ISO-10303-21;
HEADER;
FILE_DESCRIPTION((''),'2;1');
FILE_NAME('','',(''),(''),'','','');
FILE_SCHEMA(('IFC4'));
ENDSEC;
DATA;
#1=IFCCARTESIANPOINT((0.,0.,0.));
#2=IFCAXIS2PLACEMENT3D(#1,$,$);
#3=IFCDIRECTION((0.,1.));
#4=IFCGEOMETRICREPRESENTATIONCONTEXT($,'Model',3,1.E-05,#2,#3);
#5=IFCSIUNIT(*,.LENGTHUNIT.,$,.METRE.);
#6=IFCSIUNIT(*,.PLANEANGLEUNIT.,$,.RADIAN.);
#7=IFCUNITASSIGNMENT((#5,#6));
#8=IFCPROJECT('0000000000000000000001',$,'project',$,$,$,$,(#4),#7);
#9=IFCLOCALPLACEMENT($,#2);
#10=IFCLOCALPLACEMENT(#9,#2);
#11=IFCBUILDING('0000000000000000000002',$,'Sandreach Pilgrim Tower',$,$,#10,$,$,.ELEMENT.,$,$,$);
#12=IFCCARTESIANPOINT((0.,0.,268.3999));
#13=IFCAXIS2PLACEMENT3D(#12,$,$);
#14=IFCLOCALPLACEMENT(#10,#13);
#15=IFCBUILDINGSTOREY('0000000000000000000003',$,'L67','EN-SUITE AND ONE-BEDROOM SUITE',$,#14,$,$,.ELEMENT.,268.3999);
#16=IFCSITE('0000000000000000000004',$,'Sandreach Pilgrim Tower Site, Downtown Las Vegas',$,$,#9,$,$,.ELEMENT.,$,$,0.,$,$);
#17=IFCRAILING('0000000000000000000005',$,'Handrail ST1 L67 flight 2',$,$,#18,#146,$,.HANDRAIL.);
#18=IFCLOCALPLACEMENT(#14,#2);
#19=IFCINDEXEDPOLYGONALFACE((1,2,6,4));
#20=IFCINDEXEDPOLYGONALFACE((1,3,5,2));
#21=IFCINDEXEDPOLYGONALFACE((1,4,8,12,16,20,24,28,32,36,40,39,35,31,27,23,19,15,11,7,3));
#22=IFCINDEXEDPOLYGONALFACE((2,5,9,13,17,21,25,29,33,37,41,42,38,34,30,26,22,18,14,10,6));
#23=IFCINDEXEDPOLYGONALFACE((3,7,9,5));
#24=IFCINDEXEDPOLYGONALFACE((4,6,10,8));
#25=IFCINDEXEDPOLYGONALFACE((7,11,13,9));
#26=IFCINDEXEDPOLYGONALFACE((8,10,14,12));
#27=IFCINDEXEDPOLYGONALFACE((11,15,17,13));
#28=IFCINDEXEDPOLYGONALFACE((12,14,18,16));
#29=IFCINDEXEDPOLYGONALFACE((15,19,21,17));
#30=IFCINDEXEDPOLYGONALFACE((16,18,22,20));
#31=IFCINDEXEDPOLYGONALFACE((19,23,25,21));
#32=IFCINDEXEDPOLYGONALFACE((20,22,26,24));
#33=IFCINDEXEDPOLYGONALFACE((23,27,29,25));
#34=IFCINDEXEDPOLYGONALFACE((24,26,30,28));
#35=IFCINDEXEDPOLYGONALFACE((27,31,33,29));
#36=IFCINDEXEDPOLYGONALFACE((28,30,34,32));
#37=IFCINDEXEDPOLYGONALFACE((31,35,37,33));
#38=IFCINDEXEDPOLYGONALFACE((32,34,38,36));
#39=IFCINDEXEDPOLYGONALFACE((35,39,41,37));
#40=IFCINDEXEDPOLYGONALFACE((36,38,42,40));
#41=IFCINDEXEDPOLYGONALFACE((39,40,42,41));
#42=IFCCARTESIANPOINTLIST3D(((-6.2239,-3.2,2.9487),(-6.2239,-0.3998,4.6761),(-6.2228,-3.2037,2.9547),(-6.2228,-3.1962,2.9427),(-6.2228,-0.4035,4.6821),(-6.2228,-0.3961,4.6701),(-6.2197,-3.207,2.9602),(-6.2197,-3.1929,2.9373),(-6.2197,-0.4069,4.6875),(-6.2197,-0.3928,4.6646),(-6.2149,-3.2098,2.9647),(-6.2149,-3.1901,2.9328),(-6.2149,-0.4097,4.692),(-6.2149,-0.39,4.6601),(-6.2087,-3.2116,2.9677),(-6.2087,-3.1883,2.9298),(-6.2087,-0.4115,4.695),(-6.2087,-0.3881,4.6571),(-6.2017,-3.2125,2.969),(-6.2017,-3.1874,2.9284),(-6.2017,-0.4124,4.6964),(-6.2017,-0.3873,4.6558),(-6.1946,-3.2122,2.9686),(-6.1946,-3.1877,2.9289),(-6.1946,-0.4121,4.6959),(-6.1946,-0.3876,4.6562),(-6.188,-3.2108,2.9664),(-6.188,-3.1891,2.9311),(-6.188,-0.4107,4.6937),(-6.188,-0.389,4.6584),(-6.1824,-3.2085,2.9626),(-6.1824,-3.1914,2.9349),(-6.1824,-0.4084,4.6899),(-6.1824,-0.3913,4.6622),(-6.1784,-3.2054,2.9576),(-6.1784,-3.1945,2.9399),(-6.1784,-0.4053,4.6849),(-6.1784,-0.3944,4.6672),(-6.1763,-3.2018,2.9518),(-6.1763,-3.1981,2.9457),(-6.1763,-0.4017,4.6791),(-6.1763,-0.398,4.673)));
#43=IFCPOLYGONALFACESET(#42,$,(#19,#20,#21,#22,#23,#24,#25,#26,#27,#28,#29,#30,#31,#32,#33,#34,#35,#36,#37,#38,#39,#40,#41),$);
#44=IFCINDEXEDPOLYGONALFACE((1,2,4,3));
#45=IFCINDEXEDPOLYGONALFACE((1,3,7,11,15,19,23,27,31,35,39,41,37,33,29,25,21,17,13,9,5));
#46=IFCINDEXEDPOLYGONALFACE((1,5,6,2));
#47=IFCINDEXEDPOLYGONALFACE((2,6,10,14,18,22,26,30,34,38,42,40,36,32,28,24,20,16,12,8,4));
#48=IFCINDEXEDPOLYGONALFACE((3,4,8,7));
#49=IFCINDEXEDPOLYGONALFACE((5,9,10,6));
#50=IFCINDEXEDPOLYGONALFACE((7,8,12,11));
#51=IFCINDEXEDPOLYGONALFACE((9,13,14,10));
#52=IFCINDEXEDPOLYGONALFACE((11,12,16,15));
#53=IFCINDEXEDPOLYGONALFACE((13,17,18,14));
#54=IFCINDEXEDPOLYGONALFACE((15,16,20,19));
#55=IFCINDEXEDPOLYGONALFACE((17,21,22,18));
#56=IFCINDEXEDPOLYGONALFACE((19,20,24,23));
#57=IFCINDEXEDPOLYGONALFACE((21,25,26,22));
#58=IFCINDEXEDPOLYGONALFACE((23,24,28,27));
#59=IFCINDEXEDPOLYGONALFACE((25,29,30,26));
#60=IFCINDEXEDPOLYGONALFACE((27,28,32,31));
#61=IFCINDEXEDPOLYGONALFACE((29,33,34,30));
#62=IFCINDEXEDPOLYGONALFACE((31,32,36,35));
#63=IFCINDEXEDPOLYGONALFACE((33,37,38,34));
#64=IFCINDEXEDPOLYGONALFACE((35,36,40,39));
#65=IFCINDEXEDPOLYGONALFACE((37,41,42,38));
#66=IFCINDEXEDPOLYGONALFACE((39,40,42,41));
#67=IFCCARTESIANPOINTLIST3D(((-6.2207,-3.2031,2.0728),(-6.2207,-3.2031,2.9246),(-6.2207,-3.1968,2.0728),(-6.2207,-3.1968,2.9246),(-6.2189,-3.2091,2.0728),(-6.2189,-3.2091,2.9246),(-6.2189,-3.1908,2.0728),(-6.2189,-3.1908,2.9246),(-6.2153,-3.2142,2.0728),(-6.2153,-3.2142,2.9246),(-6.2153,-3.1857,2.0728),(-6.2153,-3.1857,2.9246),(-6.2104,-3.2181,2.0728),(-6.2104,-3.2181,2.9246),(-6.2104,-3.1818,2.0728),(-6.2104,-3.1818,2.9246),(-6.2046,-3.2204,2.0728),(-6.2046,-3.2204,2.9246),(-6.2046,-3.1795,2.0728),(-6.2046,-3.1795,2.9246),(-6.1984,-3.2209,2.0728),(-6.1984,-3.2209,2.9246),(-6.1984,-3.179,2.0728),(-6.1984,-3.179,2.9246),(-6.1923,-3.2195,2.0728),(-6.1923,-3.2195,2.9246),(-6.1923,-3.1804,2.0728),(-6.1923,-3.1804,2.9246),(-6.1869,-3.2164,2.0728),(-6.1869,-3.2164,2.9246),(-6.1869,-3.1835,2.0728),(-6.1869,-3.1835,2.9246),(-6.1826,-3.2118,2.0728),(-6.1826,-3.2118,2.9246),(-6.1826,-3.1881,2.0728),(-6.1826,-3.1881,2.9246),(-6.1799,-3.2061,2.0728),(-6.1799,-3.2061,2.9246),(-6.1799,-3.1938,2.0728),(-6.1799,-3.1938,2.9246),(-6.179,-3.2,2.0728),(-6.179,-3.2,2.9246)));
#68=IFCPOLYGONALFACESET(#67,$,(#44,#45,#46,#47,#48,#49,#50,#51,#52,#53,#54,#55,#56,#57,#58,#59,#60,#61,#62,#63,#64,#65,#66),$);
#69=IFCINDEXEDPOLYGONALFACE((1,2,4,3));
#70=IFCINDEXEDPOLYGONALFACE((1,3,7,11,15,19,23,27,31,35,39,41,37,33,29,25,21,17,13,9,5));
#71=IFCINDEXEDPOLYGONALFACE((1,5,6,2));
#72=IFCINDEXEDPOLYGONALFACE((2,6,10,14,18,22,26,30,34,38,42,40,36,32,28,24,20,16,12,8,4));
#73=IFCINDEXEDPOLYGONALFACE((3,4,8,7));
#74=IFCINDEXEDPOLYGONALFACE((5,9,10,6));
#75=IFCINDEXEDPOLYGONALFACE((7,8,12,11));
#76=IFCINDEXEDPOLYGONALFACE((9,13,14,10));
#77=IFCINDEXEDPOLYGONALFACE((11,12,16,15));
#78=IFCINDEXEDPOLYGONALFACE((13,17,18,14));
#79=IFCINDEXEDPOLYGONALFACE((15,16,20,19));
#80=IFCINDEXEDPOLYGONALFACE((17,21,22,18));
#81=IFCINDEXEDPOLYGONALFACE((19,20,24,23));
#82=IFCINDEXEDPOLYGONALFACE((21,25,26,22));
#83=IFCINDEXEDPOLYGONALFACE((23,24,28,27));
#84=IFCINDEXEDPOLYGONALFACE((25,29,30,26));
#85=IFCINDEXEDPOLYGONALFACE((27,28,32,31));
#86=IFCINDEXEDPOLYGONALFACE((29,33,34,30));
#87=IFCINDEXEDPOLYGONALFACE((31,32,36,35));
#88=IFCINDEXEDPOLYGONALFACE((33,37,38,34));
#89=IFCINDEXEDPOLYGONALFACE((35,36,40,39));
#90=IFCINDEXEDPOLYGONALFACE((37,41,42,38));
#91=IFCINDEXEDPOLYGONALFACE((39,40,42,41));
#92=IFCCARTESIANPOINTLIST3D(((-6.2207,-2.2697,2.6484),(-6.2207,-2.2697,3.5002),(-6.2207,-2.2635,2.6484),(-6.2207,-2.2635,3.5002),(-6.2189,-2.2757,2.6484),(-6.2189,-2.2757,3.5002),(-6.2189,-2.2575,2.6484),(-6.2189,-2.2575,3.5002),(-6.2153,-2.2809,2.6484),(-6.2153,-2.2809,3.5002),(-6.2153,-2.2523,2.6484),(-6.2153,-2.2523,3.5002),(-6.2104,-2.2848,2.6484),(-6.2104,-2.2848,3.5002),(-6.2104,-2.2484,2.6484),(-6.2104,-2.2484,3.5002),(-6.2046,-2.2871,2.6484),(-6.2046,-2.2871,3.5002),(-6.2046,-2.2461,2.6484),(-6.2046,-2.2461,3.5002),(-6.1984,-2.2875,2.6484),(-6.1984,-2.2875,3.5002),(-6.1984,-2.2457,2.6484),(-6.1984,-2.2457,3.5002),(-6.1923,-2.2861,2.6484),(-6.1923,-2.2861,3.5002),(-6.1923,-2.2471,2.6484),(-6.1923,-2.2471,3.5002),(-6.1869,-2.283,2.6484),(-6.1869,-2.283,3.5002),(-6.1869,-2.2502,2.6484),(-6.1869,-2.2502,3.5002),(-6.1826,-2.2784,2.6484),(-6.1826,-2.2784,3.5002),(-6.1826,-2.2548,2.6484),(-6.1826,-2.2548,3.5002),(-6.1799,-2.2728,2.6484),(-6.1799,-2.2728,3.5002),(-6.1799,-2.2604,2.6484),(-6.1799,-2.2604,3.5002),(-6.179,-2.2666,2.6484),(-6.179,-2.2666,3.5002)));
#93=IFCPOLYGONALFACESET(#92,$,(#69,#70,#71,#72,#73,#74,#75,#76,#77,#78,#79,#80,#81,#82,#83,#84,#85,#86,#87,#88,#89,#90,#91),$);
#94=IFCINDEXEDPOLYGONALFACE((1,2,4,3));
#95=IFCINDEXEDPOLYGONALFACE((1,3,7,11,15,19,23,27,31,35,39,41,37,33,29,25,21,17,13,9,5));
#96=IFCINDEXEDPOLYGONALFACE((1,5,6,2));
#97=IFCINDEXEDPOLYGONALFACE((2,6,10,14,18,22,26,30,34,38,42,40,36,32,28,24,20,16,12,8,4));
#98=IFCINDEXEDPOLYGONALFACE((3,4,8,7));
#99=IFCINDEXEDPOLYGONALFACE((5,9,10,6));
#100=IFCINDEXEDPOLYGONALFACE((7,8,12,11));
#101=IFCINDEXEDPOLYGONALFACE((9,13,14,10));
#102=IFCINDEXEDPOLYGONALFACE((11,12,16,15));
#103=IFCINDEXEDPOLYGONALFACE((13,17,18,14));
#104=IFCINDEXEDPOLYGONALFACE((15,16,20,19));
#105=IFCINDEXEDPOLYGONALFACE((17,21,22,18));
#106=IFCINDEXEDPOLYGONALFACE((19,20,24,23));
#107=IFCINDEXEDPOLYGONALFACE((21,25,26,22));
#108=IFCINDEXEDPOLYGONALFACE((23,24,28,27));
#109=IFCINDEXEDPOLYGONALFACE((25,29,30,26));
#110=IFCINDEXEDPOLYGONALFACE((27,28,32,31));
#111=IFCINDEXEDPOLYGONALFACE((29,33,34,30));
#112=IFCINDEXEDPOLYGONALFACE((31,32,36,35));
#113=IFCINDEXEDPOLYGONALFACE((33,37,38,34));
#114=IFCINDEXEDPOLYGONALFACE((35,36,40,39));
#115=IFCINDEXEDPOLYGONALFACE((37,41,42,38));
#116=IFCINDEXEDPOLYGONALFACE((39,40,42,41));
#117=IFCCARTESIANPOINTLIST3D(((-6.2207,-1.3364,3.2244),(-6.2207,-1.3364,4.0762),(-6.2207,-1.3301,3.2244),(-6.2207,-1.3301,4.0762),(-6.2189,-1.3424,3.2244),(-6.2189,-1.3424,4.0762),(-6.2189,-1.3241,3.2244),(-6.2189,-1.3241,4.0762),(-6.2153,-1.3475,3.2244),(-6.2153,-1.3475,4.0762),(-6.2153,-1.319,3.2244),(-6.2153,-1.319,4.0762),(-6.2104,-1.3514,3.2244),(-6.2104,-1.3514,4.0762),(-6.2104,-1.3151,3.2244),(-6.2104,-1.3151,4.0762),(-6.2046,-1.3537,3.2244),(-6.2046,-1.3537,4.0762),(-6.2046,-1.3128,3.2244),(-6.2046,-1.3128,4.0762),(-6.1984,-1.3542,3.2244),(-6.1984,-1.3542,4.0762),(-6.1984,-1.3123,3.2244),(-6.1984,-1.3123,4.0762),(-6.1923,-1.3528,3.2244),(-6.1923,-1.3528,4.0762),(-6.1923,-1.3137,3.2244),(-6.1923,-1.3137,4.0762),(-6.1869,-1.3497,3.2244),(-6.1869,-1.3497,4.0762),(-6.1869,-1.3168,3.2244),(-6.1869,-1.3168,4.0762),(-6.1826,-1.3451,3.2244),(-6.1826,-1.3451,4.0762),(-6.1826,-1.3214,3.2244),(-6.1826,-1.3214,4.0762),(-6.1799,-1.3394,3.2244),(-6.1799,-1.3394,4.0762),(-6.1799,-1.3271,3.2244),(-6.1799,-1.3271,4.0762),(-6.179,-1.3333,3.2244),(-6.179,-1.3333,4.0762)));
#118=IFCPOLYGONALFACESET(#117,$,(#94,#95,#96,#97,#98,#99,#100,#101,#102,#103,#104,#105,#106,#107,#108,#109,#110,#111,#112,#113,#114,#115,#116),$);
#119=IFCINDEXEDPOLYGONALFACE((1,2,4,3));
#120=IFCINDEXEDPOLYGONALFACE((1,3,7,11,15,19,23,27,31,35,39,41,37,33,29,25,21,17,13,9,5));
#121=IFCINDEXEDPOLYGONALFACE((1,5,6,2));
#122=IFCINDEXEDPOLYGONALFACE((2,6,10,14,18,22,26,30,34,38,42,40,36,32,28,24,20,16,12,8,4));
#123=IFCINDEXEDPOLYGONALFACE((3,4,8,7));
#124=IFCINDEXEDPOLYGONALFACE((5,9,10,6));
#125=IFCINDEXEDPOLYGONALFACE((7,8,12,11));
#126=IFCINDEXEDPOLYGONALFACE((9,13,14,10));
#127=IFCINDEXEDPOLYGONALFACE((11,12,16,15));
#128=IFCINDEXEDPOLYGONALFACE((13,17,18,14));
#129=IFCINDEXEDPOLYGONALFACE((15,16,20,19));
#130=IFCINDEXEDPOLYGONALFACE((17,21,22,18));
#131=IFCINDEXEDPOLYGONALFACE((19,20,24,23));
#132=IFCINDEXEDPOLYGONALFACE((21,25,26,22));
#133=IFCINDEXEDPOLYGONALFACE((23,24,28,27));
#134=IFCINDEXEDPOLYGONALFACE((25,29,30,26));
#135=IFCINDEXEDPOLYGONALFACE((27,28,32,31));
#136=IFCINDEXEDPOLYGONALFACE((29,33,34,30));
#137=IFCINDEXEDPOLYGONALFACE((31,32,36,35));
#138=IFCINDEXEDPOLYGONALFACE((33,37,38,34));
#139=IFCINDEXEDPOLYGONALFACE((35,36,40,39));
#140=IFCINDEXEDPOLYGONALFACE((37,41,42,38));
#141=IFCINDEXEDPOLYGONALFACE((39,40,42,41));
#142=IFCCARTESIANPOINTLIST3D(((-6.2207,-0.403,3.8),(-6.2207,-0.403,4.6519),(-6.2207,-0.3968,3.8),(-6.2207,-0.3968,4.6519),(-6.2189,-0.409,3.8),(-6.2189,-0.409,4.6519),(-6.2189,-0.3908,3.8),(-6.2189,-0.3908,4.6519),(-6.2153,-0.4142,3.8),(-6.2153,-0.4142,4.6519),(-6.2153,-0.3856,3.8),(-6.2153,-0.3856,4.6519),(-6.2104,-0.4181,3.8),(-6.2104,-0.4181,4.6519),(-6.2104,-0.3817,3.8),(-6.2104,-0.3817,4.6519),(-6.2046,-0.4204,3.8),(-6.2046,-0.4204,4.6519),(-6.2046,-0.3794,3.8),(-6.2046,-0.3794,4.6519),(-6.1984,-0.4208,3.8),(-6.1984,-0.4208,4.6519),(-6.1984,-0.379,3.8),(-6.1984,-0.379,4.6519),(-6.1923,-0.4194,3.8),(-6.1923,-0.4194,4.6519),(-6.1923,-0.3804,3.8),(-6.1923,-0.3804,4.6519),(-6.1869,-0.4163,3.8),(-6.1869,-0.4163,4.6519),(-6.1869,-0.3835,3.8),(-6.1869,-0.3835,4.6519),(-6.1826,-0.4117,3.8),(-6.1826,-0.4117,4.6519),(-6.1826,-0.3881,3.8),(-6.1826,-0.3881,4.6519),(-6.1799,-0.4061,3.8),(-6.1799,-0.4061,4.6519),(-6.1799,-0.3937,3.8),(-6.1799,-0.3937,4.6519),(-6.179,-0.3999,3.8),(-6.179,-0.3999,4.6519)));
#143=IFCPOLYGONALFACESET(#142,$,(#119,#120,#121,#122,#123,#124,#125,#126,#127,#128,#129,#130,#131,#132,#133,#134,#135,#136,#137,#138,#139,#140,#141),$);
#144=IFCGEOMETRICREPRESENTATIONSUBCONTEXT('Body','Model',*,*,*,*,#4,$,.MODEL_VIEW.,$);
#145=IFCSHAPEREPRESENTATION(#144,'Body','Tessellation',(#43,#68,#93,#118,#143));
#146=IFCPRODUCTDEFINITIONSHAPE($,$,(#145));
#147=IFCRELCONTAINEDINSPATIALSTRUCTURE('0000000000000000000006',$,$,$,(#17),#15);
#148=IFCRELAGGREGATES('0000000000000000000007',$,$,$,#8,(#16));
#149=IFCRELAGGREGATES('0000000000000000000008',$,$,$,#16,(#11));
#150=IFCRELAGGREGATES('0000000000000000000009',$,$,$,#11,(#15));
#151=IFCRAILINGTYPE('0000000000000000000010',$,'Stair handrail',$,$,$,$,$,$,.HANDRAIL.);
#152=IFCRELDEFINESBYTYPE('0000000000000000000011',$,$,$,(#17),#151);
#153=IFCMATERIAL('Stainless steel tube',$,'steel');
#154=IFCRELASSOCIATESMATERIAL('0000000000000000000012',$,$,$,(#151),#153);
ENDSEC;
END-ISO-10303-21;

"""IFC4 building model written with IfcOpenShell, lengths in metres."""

from ifc_helpers import new_model, si_unit, direction, frame, origin, origin_2d, place, context, subcontext, project, spatial, circle, extrude, material, type_object, element, save


model = new_model("IFC4")

# Units and contexts
model_context = context("Model", 3, precision=1e-05, world=origin(), true_north=direction((0.0, 1.0)))
body_context = subcontext(model_context, "Body", "Model", "MODEL_VIEW")
ifc_project = project(units=[si_unit("LENGTHUNIT", "METRE"), si_unit("PLANEANGLEUNIT", "RADIAN")], contexts=[model_context])

# Site, building, storey
site_placement = place(None, origin())
site = spatial("IfcSite", under=ifc_project, at=site_placement, Name="Sandreach Pilgrim Tower Site, Downtown Las Vegas", CompositionType="ELEMENT", RefElevation=0.0)
building_placement = place(site_placement, origin())
building = spatial("IfcBuilding", under=site, at=building_placement, Name="Sandreach Pilgrim Tower", CompositionType="ELEMENT")
storey_placement = place(building_placement, frame((0.0, 0.0, 268.3999)))
storey = spatial("IfcBuildingStorey", under=building, at=storey_placement, Name="L67", Description="EN-SUITE AND ONE-BEDROOM SUITE", CompositionType="ELEMENT", Elevation=268.3999)

# Railing
ifc_material_1 = material(Name="Stainless steel tube", Category="steel")
railing_type = type_object("IfcRailingType", Name="Stair handrail", PredefinedType="HANDRAIL", material=ifc_material_1)
for number, where, name in (
    (1, (-6.2, -3.2, 2.0728), "Handrail ST1 L67 flight 2"),
):
    element("IfcRailing", number, at=place(storey_placement, frame(where)), inside=storey, type_object=railing_type, Name=name, PredefinedType="HANDRAIL", context=body_context, shape_type="SweptSolid", body=[
        extrude(circle(Radius=0.0239, at=origin_2d()), frame((0.0, 0.0, 0.876), z_axis=(0.0, 0.85109, 0.52502), x_axis=(-1.0, 0.0, 0.0)), (0.0, 0.0, 1.0), 3.29),
        extrude(circle(Radius=0.021, at=origin_2d()), origin(), (0.0, 0.0, 1.0), 0.8518),
        extrude(circle(Radius=0.021, at=origin_2d()), frame((0.0, 0.9333, 0.5757)), (0.0, 0.0, 1.0), 0.8518),
        extrude(circle(Radius=0.021, at=origin_2d()), frame((0.0, 1.8667, 1.1516)), (0.0, 0.0, 1.0), 0.8518),
        extrude(circle(Radius=0.021, at=origin_2d()), frame((0.0, 2.8, 1.7273)), (0.0, 0.0, 1.0), 0.8518),
    ])

save(model, "model.ifc")
